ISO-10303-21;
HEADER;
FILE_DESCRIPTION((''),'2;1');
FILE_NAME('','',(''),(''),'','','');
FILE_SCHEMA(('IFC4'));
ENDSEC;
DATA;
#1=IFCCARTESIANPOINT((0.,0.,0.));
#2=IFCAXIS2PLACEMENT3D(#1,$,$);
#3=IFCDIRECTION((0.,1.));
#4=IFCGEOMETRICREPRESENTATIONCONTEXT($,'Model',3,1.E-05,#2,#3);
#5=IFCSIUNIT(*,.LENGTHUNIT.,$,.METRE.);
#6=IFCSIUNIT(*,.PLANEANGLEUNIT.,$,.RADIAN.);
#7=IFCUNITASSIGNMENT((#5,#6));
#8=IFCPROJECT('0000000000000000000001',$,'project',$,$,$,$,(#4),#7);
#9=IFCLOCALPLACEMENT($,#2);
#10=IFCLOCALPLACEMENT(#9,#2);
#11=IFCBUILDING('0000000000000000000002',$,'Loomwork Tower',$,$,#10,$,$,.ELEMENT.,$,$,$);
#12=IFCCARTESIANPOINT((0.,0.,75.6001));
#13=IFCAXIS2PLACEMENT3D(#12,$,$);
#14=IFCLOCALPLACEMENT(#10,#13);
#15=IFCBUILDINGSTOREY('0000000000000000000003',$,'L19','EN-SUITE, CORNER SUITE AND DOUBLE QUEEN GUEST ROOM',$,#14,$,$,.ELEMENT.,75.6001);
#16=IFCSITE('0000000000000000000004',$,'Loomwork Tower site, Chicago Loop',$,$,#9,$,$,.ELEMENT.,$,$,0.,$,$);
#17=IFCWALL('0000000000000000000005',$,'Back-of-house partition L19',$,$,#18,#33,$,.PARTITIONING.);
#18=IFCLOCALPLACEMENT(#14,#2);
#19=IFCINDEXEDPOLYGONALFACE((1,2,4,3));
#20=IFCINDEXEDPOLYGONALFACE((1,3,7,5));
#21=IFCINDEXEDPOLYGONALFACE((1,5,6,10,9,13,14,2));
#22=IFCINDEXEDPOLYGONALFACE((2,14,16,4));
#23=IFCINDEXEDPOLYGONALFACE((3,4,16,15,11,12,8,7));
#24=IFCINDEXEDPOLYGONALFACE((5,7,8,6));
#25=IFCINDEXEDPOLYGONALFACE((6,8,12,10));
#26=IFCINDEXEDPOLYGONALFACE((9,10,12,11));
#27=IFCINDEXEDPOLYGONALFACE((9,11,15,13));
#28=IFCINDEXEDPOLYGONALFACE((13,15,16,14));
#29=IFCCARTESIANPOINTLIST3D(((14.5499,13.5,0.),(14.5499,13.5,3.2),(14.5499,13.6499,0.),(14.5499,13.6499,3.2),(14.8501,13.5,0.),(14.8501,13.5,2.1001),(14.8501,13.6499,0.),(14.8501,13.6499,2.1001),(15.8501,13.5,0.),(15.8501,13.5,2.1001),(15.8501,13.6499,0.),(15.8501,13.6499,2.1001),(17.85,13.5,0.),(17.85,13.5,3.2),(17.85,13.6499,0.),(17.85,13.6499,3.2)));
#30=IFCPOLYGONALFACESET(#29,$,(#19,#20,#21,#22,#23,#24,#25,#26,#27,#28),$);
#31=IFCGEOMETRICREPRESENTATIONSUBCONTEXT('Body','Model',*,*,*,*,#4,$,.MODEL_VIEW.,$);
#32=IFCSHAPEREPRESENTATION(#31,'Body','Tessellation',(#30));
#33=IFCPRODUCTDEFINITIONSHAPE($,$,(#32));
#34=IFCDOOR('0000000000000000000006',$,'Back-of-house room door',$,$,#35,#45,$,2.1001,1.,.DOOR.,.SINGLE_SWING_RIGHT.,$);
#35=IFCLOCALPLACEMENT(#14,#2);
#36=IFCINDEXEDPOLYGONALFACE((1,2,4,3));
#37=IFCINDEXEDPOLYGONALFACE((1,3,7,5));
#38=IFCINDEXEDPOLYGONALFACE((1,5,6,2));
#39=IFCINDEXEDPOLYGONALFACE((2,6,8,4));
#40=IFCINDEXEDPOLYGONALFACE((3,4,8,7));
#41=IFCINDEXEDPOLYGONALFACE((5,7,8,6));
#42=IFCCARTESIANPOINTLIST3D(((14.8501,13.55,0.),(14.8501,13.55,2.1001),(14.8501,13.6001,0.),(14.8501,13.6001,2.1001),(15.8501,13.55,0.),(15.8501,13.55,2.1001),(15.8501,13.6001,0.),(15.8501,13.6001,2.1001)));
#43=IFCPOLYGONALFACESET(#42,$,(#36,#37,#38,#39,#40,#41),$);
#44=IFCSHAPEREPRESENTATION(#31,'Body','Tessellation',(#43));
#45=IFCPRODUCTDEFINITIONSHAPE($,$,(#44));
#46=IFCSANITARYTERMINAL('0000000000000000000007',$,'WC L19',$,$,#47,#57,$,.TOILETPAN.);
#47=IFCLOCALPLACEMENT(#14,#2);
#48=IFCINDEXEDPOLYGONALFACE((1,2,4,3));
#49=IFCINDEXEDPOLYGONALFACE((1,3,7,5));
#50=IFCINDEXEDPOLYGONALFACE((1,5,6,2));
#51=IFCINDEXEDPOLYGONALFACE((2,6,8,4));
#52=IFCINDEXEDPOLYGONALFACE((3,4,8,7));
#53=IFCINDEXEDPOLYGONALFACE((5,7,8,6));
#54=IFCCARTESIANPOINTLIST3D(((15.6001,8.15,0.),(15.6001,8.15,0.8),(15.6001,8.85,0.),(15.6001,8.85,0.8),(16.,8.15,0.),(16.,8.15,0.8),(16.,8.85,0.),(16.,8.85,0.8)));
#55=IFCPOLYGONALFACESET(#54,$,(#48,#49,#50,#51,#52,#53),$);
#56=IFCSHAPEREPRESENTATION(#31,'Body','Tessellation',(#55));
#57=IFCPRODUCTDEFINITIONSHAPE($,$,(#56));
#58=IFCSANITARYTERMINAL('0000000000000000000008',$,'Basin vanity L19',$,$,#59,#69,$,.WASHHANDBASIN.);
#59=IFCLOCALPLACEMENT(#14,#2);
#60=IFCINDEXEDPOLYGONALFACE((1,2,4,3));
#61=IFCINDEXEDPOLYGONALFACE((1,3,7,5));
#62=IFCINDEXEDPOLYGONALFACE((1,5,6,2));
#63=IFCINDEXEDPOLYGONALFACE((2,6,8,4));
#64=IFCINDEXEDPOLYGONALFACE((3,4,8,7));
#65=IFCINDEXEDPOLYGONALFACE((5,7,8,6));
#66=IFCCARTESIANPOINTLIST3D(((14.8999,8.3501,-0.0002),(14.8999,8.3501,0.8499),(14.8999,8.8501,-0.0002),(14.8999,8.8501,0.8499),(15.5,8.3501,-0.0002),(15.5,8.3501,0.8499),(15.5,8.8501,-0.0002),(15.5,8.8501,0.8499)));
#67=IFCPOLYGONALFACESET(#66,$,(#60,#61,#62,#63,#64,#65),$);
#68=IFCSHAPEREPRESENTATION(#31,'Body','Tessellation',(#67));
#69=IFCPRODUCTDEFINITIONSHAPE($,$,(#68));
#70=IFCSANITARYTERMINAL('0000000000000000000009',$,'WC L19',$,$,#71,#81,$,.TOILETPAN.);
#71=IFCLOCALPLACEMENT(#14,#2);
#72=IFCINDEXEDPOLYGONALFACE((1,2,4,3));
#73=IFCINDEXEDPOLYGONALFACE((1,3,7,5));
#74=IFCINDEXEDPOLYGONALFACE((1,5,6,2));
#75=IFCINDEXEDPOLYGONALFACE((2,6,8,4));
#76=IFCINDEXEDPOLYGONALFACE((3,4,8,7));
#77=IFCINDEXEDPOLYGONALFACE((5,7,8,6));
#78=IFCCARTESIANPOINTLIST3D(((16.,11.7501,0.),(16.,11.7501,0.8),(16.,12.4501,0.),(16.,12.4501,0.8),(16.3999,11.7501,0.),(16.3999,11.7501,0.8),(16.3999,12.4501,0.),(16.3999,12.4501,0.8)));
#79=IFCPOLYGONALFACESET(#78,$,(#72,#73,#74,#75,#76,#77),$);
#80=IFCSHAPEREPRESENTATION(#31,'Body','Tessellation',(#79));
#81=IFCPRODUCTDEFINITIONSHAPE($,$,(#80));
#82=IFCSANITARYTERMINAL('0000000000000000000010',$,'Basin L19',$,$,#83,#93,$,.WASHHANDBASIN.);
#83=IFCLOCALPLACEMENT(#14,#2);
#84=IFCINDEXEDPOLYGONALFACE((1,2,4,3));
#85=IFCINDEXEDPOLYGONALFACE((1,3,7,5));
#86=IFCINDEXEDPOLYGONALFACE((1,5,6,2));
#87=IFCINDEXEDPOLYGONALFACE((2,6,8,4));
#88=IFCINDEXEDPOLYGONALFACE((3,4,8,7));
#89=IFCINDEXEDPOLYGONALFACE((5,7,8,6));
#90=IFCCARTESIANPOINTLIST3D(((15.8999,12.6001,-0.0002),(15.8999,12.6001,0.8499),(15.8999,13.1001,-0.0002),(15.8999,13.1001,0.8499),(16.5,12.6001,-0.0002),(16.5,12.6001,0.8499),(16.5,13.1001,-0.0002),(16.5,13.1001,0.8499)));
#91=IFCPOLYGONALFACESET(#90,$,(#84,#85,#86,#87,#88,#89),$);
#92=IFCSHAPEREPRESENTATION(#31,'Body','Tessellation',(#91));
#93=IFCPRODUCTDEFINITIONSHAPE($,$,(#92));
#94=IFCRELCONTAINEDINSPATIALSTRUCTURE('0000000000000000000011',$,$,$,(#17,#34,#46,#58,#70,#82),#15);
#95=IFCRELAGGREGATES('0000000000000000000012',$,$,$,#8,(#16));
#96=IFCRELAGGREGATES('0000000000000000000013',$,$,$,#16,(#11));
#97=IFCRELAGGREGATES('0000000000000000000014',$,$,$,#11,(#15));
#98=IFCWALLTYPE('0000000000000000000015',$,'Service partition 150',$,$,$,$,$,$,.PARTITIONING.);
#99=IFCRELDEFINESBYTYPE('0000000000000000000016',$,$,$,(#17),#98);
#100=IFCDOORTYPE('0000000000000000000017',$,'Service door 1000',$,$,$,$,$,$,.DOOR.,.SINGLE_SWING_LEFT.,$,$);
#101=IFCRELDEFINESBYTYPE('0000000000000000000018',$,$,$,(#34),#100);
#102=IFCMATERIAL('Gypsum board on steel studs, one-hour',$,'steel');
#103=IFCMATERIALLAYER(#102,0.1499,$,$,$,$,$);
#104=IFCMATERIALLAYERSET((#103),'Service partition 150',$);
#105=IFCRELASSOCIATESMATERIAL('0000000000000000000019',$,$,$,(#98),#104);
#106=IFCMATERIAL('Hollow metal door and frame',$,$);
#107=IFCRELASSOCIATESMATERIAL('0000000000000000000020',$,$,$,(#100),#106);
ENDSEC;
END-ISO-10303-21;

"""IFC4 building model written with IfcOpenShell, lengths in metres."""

from ifc_helpers import new_model, si_unit, direction, frame, frame_2d, origin, origin_2d, place, context, subcontext, project, spatial, rectangle, extrude, material, layer, layer_set, type_object, element, fill, save


model = new_model("IFC4")

# Units and contexts
model_context = context("Model", 3, precision=1e-05, world=origin(), true_north=direction((0.0, 1.0)))
body_context = subcontext(model_context, "Body", "Model", "MODEL_VIEW")
ifc_project = project(units=[si_unit("LENGTHUNIT", "METRE"), si_unit("PLANEANGLEUNIT", "RADIAN")], contexts=[model_context])

# Site, building, storey
site_placement = place(None, origin())
site = spatial("IfcSite", under=ifc_project, at=site_placement, Name="Loomwork Tower site, Chicago Loop", CompositionType="ELEMENT", RefElevation=0.0)
building_placement = place(site_placement, origin())
building = spatial("IfcBuilding", under=site, at=building_placement, Name="Loomwork Tower", CompositionType="ELEMENT")
storey_placement = place(building_placement, frame((0.0, 0.0, 75.6001)))
storey = spatial("IfcBuildingStorey", under=building, at=storey_placement, Name="L19", Description="EN-SUITE, CORNER SUITE AND DOUBLE QUEEN GUEST ROOM", CompositionType="ELEMENT", Elevation=75.6001)

# Wall, opening, door
ifc_material_1 = material(Name="Gypsum board on steel studs, one-hour", Category="steel")
ifc_layer_1 = layer(ifc_material_1, 0.1499)
ifc_layer_set_1 = layer_set([ifc_layer_1], Name="Service partition 150")
wall_type_1 = type_object("IfcWallType", Name="Service partition 150", PredefinedType="PARTITIONING", material=ifc_layer_set_1)
wall_1_placement = place(storey_placement, frame((14.55, 13.575, 0.0), z_axis=(0.0, 0.0, 1.0), x_axis=(1.0, 0.0, 0.0)))
wall_1 = element("IfcWall", 1, at=wall_1_placement, inside=storey, type_object=wall_type_1, Name="Back-of-house partition L19", PredefinedType="PARTITIONING", context=body_context, shape_type="SweptSolid", body=[
    extrude(rectangle(XDim=3.3, YDim=0.1499, at=frame_2d((1.6499, 0.0))), origin(), (0.0, 0.0, 1.0), 3.2),
])
opening_1_placement = place(wall_1_placement, frame((0.3, 0.0, 0.0)))
opening_1 = element("IfcOpeningElement", 2, at=opening_1_placement, cuts=wall_1, PredefinedType="OPENING", context=body_context, shape_type="SweptSolid", body=[
    extrude(rectangle(XDim=1.0, YDim=2.1001, at=frame_2d((0.5, 1.05))), frame((0.0, 0.085, 0.0), z_axis=(0.0, -1.0, 0.0), x_axis=(1.0, 0.0, 0.0)), (0.0, 0.0, 1.0), 0.1699),
])
ifc_material_2 = material(Name="Hollow metal door and frame")
door_type_1 = type_object("IfcDoorType", Name="Service door 1000", OperationType="SINGLE_SWING_LEFT", PredefinedType="DOOR", material=ifc_material_2)
door_1_placement = place(opening_1_placement, frame((1.0, 0.0, 0.0), z_axis=(0.0, 0.0, 1.0), x_axis=(-1.0, 0.0, 0.0)))
door_1 = element("IfcDoor", 3, at=door_1_placement, inside=storey, type_object=door_type_1, Name="Back-of-house room door", OperationType="SINGLE_SWING_RIGHT", OverallHeight=2.1001, OverallWidth=1.0, PredefinedType="DOOR", context=body_context, shape_type="SweptSolid", body=[
    extrude(rectangle(XDim=1.0, YDim=2.1001, at=frame_2d((0.5, 1.05))), frame((0.0, 0.0249, 0.0), z_axis=(0.0, -1.0, 0.0), x_axis=(1.0, 0.0, 0.0)), (0.0, 0.0, 1.0), 0.05),
])
fill(opening_1, door_1)

# Sanitary terminals
sanitary_terminal_1_placement = place(storey_placement, frame((15.8, 8.5, 0.0), z_axis=(0.0, 0.0, 1.0), x_axis=(1.0, 0.0, 0.0)))
element("IfcSanitaryTerminal", 4, at=sanitary_terminal_1_placement, inside=storey, Name="WC L19", PredefinedType="TOILETPAN", context=body_context, shape_type="SweptSolid", body=[
    extrude(rectangle(XDim=0.3999, YDim=0.7, at=origin_2d()), origin(), (0.0, 0.0, 1.0), 0.8),
])
sanitary_terminal_2_placement = place(storey_placement, frame((15.2, 8.6001, -0.0002), z_axis=(0.0, 0.0, 1.0), x_axis=(1.0, 0.0, 0.0)))
element("IfcSanitaryTerminal", 5, at=sanitary_terminal_2_placement, inside=storey, Name="Basin vanity L19", PredefinedType="WASHHANDBASIN", context=body_context, shape_type="SweptSolid", body=[
    extrude(rectangle(XDim=0.6001, YDim=0.5, at=origin_2d()), origin(), (0.0, 0.0, 1.0), 0.8501),
])
sanitary_terminal_3_placement = place(storey_placement, frame((16.2, 12.1001, 0.0), z_axis=(0.0, 0.0, 1.0), x_axis=(1.0, 0.0, 0.0)))
element("IfcSanitaryTerminal", 6, at=sanitary_terminal_3_placement, inside=storey, Name="WC L19", PredefinedType="TOILETPAN", context=body_context, shape_type="SweptSolid", body=[
    extrude(rectangle(XDim=0.3999, YDim=0.7, at=origin_2d()), origin(), (0.0, 0.0, 1.0), 0.8),
])
sanitary_terminal_4_placement = place(storey_placement, frame((16.2, 12.8501, -0.0002), z_axis=(0.0, 0.0, 1.0), x_axis=(1.0, 0.0, 0.0)))
element("IfcSanitaryTerminal", 7, at=sanitary_terminal_4_placement, inside=storey, Name="Basin L19", PredefinedType="WASHHANDBASIN", context=body_context, shape_type="SweptSolid", body=[
    extrude(rectangle(XDim=0.6001, YDim=0.5, at=origin_2d()), origin(), (0.0, 0.0, 1.0), 0.8501),
])

save(model, "model.ifc")
